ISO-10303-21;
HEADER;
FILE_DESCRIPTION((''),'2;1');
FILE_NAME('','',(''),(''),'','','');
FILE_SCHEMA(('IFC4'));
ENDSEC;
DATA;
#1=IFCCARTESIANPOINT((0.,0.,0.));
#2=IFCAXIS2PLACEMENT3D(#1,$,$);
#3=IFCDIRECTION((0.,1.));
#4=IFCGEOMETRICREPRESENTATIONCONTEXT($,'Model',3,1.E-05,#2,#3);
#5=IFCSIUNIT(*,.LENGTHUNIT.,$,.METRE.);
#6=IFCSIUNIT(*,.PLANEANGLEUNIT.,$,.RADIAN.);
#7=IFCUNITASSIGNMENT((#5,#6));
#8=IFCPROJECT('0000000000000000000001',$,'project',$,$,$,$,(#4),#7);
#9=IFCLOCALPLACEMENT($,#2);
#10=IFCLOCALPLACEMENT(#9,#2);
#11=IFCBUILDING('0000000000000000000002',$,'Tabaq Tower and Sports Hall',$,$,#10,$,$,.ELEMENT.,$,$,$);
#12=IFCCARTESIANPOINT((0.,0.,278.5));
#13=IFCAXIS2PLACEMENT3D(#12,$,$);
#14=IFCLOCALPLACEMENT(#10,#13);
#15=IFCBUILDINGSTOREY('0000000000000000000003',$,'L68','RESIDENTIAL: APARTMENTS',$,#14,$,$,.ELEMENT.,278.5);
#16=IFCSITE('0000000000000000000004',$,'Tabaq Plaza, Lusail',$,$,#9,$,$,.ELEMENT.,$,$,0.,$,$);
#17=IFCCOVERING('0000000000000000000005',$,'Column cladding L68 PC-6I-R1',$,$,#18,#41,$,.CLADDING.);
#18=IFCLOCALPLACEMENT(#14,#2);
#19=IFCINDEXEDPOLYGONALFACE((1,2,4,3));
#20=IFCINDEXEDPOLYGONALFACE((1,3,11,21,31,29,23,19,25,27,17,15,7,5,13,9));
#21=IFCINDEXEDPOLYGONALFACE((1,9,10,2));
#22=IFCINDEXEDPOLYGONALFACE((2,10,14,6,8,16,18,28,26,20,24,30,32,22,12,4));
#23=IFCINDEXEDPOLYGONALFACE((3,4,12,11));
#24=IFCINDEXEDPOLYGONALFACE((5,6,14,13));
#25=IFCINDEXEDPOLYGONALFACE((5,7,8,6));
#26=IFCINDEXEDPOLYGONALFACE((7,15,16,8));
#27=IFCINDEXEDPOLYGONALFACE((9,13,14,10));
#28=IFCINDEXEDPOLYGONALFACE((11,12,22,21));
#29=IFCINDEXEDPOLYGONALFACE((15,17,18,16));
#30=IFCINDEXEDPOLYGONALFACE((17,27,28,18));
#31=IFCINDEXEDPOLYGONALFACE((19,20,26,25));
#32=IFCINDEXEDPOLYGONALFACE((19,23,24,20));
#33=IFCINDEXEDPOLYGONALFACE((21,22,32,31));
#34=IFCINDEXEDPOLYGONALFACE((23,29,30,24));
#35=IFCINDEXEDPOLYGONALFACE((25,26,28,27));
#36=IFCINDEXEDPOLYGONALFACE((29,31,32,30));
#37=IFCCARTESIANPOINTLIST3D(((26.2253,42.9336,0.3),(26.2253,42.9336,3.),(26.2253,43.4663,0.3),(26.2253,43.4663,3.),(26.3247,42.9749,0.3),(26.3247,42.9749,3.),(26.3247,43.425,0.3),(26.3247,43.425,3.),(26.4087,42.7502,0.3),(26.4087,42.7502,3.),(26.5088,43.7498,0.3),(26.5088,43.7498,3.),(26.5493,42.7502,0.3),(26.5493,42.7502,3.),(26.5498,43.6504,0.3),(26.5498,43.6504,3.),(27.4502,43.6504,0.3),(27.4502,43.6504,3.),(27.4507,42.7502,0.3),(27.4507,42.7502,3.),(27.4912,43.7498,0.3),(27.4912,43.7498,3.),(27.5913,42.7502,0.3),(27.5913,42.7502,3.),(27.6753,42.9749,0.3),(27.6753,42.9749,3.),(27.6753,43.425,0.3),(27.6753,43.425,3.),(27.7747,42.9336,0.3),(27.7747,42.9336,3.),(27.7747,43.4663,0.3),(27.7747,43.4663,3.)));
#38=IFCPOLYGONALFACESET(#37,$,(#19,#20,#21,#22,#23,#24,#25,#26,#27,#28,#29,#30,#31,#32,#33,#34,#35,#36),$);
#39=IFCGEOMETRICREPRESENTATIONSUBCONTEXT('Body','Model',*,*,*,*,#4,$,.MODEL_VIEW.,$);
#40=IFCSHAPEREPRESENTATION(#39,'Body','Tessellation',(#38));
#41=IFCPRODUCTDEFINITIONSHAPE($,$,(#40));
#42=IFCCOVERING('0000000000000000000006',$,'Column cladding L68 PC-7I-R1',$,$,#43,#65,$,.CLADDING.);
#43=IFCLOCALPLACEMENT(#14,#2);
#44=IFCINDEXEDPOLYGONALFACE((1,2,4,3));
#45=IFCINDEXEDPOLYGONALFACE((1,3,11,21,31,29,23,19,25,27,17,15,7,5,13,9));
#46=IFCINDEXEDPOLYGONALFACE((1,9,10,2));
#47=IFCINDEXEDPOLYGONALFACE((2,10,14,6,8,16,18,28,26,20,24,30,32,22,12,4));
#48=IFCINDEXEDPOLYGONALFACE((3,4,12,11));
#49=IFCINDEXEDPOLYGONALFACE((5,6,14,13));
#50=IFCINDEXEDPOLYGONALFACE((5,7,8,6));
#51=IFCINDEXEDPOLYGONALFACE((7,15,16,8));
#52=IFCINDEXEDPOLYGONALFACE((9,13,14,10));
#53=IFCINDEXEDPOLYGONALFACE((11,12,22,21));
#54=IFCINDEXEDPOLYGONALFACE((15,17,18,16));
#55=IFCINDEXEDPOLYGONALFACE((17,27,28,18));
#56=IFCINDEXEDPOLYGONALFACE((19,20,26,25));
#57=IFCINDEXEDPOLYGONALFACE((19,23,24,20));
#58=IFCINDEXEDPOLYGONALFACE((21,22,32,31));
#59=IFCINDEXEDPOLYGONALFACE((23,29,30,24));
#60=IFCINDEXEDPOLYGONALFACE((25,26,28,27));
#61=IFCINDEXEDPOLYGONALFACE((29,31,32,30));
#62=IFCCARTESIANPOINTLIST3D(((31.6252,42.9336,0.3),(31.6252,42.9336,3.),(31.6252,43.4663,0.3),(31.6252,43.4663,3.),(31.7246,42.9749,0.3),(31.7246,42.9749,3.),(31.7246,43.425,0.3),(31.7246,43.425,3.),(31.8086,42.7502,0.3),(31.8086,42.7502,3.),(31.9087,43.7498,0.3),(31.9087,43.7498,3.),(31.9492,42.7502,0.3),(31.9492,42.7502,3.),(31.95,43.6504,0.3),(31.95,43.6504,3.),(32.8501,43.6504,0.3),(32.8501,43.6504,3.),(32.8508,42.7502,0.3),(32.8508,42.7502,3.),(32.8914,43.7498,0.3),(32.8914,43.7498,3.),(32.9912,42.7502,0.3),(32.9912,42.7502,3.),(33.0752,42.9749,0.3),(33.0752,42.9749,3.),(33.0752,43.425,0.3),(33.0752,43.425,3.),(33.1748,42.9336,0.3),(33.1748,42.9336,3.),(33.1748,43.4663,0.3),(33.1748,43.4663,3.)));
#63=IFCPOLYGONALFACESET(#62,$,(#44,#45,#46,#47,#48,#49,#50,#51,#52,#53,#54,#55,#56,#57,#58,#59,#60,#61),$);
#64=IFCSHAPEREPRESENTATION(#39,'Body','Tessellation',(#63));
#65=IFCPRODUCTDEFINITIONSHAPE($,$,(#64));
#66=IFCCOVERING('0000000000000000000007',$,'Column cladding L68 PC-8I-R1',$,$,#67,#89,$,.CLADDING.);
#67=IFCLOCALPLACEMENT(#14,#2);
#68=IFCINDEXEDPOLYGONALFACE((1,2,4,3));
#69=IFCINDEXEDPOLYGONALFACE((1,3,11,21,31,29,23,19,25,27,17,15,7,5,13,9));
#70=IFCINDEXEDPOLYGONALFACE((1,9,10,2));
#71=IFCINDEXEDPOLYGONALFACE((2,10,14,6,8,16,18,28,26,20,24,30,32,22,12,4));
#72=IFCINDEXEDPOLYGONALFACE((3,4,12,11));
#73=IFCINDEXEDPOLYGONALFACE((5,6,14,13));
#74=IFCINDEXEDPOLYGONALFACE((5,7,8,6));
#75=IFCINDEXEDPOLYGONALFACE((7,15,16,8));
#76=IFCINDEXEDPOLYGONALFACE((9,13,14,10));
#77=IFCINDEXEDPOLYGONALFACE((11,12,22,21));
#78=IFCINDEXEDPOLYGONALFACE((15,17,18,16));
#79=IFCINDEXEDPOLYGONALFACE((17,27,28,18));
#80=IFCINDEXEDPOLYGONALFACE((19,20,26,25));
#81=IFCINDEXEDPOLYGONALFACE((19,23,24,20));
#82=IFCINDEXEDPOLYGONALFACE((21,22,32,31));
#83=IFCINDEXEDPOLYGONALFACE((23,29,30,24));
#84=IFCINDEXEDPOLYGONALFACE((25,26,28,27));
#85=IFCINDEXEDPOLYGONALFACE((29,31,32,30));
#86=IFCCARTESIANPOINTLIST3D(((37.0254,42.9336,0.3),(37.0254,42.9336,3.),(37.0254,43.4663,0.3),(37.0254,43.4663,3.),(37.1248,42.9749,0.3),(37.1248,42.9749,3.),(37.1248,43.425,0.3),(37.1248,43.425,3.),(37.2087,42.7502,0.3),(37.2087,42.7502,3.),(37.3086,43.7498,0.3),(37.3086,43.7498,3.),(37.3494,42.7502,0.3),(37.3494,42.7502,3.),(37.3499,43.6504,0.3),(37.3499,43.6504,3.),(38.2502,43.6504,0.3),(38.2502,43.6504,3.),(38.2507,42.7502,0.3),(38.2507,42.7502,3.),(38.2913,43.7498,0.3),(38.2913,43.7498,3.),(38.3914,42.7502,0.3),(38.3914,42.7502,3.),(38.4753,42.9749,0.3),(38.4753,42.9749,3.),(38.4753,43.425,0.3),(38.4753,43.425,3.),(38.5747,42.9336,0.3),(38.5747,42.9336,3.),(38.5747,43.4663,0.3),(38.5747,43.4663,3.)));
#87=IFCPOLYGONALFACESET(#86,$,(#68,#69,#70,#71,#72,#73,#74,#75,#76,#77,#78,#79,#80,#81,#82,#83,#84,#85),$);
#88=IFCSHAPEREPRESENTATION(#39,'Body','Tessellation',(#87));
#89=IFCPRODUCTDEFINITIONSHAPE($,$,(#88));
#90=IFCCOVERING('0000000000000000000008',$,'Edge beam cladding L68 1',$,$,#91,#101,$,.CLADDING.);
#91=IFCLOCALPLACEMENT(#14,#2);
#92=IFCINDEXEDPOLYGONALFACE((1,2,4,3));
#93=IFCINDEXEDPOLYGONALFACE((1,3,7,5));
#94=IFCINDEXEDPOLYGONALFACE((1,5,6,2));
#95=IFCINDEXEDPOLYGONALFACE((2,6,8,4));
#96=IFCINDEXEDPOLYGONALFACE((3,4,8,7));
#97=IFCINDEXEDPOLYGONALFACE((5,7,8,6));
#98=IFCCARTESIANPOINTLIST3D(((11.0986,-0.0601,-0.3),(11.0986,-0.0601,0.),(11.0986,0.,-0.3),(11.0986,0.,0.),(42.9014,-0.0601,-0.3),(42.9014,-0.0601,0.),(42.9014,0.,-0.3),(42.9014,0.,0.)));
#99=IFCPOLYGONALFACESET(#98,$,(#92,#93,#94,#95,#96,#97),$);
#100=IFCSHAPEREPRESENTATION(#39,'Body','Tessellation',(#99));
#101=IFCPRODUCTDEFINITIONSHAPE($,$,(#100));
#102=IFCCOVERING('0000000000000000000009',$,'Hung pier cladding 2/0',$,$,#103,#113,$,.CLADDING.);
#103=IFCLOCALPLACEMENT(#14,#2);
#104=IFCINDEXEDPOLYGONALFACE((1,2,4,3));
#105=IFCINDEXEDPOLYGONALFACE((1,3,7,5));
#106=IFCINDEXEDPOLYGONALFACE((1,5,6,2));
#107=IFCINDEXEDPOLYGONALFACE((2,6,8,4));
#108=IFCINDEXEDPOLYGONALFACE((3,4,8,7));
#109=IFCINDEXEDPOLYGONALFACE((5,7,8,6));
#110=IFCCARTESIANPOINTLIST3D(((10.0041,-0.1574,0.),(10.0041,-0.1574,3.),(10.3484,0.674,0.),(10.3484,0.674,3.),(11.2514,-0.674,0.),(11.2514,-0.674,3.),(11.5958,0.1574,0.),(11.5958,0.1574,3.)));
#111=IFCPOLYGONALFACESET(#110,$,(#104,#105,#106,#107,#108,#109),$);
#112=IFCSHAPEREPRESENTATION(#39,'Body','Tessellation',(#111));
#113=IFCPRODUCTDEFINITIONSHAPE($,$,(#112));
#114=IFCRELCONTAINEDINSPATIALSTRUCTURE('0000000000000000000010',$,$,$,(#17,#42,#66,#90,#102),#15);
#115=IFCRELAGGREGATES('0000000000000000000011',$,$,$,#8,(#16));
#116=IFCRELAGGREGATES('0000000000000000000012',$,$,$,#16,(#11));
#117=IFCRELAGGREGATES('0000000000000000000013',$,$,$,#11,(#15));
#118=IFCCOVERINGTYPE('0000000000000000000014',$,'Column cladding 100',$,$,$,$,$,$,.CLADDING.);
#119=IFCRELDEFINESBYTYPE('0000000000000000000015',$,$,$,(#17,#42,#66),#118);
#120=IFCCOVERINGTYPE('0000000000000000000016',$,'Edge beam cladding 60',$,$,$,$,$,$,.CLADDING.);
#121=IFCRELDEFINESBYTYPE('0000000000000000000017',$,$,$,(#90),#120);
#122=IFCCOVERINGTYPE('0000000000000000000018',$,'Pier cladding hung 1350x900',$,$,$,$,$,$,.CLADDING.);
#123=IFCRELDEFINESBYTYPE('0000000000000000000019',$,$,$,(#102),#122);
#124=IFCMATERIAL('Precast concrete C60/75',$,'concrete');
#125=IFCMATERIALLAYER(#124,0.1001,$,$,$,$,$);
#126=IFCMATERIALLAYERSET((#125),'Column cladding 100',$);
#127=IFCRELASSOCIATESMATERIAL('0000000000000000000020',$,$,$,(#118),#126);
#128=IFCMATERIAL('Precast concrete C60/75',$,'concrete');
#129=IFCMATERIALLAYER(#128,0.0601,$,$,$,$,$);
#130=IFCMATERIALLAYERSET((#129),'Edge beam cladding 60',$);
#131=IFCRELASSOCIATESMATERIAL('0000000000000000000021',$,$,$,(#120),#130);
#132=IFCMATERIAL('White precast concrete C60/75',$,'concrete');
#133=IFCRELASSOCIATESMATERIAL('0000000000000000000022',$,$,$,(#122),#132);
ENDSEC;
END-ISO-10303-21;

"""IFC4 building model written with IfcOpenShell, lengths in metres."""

from ifc_helpers import new_model, si_unit, direction, frame, frame_2d, origin, place, context, subcontext, project, spatial, polyline, rectangle, outline, extrude, material, layer, layer_set, type_object, element, save


model = new_model("IFC4")

# Units and contexts
model_context = context("Model", 3, precision=1e-05, world=origin(), true_north=direction((0.0, 1.0)))
body_context = subcontext(model_context, "Body", "Model", "MODEL_VIEW")
ifc_project = project(units=[si_unit("LENGTHUNIT", "METRE"), si_unit("PLANEANGLEUNIT", "RADIAN")], contexts=[model_context])

# Site, building, storey
site_placement = place(None, origin())
site = spatial("IfcSite", under=ifc_project, at=site_placement, Name="Tabaq Plaza, Lusail", CompositionType="ELEMENT", RefElevation=0.0)
building_placement = place(site_placement, origin())
building = spatial("IfcBuilding", under=site, at=building_placement, Name="Tabaq Tower and Sports Hall", CompositionType="ELEMENT")
storey_placement = place(building_placement, frame((0.0, 0.0, 278.5)))
storey = spatial("IfcBuildingStorey", under=building, at=storey_placement, Name="L68", Description="RESIDENTIAL: APARTMENTS", CompositionType="ELEMENT", Elevation=278.5)

# Coverings
ifc_material_1 = material(Name="Precast concrete C60/75", Category="concrete")
ifc_layer_1 = layer(ifc_material_1, 0.1001)
ifc_layer_set_1 = layer_set([ifc_layer_1], Name="Column cladding 100")
covering_type_1 = type_object("IfcCoveringType", Name="Column cladding 100", PredefinedType="CLADDING", material=ifc_layer_set_1)
covering_1_placement = place(storey_placement, frame((0.0, 0.0, 0.3)))
element("IfcCovering", 1, at=covering_1_placement, inside=storey, type_object=covering_type_1, Name="Column cladding L68 PC-6I-R1", PredefinedType="CLADDING", context=body_context, shape_type="SweptSolid", body=[
    extrude(outline(polyline([(26.2253, 43.4663), (26.5088, 43.7498), (27.4912, 43.7498), (27.7747, 43.4663), (27.7747, 42.9336), (27.5913, 42.7502), (27.4507, 42.7502), (27.6753, 42.9749), (27.6753, 43.425), (27.4502, 43.6504), (26.5498, 43.6504), (26.3247, 43.425), (26.3247, 42.9749), (26.5493, 42.7502), (26.4087, 42.7502), (26.2253, 42.9336), (26.2253, 43.4663)])), origin(), (0.0, 0.0, 1.0), 2.7),
])
covering_2_placement = place(storey_placement, frame((0.0, 0.0, 0.3)))
element("IfcCovering", 2, at=covering_2_placement, inside=storey, type_object=covering_type_1, Name="Column cladding L68 PC-7I-R1", PredefinedType="CLADDING", context=body_context, shape_type="SweptSolid", body=[
    extrude(outline(polyline([(31.6252, 43.4663), (31.9087, 43.7498), (32.8914, 43.7498), (33.1748, 43.4663), (33.1748, 42.9336), (32.9912, 42.7502), (32.8508, 42.7502), (33.0752, 42.9749), (33.0752, 43.425), (32.8501, 43.6504), (31.95, 43.6504), (31.7246, 43.425), (31.7246, 42.9749), (31.9492, 42.7502), (31.8086, 42.7502), (31.6252, 42.9336), (31.6252, 43.4663)])), origin(), (0.0, 0.0, 1.0), 2.7),
])
covering_3_placement = place(storey_placement, frame((0.0, 0.0, 0.3)))
element("IfcCovering", 3, at=covering_3_placement, inside=storey, type_object=covering_type_1, Name="Column cladding L68 PC-8I-R1", PredefinedType="CLADDING", context=body_context, shape_type="SweptSolid", body=[
    extrude(outline(polyline([(37.0254, 43.4663), (37.3086, 43.7498), (38.2913, 43.7498), (38.5747, 43.4663), (38.5747, 42.9336), (38.3914, 42.7502), (38.2507, 42.7502), (38.4753, 42.9749), (38.4753, 43.425), (38.2502, 43.6504), (37.3499, 43.6504), (37.1248, 43.425), (37.1248, 42.9749), (37.3494, 42.7502), (37.2087, 42.7502), (37.0254, 42.9336), (37.0254, 43.4663)])), origin(), (0.0, 0.0, 1.0), 2.7),
])
ifc_material_2 = material(Name="Precast concrete C60/75", Category="concrete")
ifc_layer_2 = layer(ifc_material_2, 0.0601)
ifc_layer_set_2 = layer_set([ifc_layer_2], Name="Edge beam cladding 60")
covering_type_2 = type_object("IfcCoveringType", Name="Edge beam cladding 60", PredefinedType="CLADDING", material=ifc_layer_set_2)
covering_4_placement = place(storey_placement, frame((11.0986, -0.03, -0.3), z_axis=(0.0, 0.0, 1.0), x_axis=(1.0, 0.0, 0.0)))
element("IfcCovering", 4, at=covering_4_placement, inside=storey, type_object=covering_type_2, Name="Edge beam cladding L68 1", PredefinedType="CLADDING", context=body_context, shape_type="SweptSolid", body=[
    extrude(rectangle(XDim=31.8027, YDim=0.0601, at=frame_2d((15.9014, 0.0))), origin(), (0.0, 0.0, 1.0), 0.3),
])
ifc_material_3 = material(Name="White precast concrete C60/75", Category="concrete")
covering_type_3 = type_object("IfcCoveringType", Name="Pier cladding hung 1350x900", PredefinedType="CLADDING", material=ifc_material_3)
covering_5_placement = place(storey_placement, frame((10.1763, 0.2583, 0.0), z_axis=(0.0, 0.0, 1.0), x_axis=(0.923893, -0.38265, 0.0)))
element("IfcCovering", 5, at=covering_5_placement, inside=storey, type_object=covering_type_3, Name="Hung pier cladding 2/0", PredefinedType="CLADDING", context=body_context, shape_type="SweptSolid", body=[
    extrude(rectangle(XDim=1.3501, YDim=0.8999, at=frame_2d((0.675, 0.0))), origin(), (0.0, 0.0, 1.0), 3.0),
])

save(model, "model.ifc")
